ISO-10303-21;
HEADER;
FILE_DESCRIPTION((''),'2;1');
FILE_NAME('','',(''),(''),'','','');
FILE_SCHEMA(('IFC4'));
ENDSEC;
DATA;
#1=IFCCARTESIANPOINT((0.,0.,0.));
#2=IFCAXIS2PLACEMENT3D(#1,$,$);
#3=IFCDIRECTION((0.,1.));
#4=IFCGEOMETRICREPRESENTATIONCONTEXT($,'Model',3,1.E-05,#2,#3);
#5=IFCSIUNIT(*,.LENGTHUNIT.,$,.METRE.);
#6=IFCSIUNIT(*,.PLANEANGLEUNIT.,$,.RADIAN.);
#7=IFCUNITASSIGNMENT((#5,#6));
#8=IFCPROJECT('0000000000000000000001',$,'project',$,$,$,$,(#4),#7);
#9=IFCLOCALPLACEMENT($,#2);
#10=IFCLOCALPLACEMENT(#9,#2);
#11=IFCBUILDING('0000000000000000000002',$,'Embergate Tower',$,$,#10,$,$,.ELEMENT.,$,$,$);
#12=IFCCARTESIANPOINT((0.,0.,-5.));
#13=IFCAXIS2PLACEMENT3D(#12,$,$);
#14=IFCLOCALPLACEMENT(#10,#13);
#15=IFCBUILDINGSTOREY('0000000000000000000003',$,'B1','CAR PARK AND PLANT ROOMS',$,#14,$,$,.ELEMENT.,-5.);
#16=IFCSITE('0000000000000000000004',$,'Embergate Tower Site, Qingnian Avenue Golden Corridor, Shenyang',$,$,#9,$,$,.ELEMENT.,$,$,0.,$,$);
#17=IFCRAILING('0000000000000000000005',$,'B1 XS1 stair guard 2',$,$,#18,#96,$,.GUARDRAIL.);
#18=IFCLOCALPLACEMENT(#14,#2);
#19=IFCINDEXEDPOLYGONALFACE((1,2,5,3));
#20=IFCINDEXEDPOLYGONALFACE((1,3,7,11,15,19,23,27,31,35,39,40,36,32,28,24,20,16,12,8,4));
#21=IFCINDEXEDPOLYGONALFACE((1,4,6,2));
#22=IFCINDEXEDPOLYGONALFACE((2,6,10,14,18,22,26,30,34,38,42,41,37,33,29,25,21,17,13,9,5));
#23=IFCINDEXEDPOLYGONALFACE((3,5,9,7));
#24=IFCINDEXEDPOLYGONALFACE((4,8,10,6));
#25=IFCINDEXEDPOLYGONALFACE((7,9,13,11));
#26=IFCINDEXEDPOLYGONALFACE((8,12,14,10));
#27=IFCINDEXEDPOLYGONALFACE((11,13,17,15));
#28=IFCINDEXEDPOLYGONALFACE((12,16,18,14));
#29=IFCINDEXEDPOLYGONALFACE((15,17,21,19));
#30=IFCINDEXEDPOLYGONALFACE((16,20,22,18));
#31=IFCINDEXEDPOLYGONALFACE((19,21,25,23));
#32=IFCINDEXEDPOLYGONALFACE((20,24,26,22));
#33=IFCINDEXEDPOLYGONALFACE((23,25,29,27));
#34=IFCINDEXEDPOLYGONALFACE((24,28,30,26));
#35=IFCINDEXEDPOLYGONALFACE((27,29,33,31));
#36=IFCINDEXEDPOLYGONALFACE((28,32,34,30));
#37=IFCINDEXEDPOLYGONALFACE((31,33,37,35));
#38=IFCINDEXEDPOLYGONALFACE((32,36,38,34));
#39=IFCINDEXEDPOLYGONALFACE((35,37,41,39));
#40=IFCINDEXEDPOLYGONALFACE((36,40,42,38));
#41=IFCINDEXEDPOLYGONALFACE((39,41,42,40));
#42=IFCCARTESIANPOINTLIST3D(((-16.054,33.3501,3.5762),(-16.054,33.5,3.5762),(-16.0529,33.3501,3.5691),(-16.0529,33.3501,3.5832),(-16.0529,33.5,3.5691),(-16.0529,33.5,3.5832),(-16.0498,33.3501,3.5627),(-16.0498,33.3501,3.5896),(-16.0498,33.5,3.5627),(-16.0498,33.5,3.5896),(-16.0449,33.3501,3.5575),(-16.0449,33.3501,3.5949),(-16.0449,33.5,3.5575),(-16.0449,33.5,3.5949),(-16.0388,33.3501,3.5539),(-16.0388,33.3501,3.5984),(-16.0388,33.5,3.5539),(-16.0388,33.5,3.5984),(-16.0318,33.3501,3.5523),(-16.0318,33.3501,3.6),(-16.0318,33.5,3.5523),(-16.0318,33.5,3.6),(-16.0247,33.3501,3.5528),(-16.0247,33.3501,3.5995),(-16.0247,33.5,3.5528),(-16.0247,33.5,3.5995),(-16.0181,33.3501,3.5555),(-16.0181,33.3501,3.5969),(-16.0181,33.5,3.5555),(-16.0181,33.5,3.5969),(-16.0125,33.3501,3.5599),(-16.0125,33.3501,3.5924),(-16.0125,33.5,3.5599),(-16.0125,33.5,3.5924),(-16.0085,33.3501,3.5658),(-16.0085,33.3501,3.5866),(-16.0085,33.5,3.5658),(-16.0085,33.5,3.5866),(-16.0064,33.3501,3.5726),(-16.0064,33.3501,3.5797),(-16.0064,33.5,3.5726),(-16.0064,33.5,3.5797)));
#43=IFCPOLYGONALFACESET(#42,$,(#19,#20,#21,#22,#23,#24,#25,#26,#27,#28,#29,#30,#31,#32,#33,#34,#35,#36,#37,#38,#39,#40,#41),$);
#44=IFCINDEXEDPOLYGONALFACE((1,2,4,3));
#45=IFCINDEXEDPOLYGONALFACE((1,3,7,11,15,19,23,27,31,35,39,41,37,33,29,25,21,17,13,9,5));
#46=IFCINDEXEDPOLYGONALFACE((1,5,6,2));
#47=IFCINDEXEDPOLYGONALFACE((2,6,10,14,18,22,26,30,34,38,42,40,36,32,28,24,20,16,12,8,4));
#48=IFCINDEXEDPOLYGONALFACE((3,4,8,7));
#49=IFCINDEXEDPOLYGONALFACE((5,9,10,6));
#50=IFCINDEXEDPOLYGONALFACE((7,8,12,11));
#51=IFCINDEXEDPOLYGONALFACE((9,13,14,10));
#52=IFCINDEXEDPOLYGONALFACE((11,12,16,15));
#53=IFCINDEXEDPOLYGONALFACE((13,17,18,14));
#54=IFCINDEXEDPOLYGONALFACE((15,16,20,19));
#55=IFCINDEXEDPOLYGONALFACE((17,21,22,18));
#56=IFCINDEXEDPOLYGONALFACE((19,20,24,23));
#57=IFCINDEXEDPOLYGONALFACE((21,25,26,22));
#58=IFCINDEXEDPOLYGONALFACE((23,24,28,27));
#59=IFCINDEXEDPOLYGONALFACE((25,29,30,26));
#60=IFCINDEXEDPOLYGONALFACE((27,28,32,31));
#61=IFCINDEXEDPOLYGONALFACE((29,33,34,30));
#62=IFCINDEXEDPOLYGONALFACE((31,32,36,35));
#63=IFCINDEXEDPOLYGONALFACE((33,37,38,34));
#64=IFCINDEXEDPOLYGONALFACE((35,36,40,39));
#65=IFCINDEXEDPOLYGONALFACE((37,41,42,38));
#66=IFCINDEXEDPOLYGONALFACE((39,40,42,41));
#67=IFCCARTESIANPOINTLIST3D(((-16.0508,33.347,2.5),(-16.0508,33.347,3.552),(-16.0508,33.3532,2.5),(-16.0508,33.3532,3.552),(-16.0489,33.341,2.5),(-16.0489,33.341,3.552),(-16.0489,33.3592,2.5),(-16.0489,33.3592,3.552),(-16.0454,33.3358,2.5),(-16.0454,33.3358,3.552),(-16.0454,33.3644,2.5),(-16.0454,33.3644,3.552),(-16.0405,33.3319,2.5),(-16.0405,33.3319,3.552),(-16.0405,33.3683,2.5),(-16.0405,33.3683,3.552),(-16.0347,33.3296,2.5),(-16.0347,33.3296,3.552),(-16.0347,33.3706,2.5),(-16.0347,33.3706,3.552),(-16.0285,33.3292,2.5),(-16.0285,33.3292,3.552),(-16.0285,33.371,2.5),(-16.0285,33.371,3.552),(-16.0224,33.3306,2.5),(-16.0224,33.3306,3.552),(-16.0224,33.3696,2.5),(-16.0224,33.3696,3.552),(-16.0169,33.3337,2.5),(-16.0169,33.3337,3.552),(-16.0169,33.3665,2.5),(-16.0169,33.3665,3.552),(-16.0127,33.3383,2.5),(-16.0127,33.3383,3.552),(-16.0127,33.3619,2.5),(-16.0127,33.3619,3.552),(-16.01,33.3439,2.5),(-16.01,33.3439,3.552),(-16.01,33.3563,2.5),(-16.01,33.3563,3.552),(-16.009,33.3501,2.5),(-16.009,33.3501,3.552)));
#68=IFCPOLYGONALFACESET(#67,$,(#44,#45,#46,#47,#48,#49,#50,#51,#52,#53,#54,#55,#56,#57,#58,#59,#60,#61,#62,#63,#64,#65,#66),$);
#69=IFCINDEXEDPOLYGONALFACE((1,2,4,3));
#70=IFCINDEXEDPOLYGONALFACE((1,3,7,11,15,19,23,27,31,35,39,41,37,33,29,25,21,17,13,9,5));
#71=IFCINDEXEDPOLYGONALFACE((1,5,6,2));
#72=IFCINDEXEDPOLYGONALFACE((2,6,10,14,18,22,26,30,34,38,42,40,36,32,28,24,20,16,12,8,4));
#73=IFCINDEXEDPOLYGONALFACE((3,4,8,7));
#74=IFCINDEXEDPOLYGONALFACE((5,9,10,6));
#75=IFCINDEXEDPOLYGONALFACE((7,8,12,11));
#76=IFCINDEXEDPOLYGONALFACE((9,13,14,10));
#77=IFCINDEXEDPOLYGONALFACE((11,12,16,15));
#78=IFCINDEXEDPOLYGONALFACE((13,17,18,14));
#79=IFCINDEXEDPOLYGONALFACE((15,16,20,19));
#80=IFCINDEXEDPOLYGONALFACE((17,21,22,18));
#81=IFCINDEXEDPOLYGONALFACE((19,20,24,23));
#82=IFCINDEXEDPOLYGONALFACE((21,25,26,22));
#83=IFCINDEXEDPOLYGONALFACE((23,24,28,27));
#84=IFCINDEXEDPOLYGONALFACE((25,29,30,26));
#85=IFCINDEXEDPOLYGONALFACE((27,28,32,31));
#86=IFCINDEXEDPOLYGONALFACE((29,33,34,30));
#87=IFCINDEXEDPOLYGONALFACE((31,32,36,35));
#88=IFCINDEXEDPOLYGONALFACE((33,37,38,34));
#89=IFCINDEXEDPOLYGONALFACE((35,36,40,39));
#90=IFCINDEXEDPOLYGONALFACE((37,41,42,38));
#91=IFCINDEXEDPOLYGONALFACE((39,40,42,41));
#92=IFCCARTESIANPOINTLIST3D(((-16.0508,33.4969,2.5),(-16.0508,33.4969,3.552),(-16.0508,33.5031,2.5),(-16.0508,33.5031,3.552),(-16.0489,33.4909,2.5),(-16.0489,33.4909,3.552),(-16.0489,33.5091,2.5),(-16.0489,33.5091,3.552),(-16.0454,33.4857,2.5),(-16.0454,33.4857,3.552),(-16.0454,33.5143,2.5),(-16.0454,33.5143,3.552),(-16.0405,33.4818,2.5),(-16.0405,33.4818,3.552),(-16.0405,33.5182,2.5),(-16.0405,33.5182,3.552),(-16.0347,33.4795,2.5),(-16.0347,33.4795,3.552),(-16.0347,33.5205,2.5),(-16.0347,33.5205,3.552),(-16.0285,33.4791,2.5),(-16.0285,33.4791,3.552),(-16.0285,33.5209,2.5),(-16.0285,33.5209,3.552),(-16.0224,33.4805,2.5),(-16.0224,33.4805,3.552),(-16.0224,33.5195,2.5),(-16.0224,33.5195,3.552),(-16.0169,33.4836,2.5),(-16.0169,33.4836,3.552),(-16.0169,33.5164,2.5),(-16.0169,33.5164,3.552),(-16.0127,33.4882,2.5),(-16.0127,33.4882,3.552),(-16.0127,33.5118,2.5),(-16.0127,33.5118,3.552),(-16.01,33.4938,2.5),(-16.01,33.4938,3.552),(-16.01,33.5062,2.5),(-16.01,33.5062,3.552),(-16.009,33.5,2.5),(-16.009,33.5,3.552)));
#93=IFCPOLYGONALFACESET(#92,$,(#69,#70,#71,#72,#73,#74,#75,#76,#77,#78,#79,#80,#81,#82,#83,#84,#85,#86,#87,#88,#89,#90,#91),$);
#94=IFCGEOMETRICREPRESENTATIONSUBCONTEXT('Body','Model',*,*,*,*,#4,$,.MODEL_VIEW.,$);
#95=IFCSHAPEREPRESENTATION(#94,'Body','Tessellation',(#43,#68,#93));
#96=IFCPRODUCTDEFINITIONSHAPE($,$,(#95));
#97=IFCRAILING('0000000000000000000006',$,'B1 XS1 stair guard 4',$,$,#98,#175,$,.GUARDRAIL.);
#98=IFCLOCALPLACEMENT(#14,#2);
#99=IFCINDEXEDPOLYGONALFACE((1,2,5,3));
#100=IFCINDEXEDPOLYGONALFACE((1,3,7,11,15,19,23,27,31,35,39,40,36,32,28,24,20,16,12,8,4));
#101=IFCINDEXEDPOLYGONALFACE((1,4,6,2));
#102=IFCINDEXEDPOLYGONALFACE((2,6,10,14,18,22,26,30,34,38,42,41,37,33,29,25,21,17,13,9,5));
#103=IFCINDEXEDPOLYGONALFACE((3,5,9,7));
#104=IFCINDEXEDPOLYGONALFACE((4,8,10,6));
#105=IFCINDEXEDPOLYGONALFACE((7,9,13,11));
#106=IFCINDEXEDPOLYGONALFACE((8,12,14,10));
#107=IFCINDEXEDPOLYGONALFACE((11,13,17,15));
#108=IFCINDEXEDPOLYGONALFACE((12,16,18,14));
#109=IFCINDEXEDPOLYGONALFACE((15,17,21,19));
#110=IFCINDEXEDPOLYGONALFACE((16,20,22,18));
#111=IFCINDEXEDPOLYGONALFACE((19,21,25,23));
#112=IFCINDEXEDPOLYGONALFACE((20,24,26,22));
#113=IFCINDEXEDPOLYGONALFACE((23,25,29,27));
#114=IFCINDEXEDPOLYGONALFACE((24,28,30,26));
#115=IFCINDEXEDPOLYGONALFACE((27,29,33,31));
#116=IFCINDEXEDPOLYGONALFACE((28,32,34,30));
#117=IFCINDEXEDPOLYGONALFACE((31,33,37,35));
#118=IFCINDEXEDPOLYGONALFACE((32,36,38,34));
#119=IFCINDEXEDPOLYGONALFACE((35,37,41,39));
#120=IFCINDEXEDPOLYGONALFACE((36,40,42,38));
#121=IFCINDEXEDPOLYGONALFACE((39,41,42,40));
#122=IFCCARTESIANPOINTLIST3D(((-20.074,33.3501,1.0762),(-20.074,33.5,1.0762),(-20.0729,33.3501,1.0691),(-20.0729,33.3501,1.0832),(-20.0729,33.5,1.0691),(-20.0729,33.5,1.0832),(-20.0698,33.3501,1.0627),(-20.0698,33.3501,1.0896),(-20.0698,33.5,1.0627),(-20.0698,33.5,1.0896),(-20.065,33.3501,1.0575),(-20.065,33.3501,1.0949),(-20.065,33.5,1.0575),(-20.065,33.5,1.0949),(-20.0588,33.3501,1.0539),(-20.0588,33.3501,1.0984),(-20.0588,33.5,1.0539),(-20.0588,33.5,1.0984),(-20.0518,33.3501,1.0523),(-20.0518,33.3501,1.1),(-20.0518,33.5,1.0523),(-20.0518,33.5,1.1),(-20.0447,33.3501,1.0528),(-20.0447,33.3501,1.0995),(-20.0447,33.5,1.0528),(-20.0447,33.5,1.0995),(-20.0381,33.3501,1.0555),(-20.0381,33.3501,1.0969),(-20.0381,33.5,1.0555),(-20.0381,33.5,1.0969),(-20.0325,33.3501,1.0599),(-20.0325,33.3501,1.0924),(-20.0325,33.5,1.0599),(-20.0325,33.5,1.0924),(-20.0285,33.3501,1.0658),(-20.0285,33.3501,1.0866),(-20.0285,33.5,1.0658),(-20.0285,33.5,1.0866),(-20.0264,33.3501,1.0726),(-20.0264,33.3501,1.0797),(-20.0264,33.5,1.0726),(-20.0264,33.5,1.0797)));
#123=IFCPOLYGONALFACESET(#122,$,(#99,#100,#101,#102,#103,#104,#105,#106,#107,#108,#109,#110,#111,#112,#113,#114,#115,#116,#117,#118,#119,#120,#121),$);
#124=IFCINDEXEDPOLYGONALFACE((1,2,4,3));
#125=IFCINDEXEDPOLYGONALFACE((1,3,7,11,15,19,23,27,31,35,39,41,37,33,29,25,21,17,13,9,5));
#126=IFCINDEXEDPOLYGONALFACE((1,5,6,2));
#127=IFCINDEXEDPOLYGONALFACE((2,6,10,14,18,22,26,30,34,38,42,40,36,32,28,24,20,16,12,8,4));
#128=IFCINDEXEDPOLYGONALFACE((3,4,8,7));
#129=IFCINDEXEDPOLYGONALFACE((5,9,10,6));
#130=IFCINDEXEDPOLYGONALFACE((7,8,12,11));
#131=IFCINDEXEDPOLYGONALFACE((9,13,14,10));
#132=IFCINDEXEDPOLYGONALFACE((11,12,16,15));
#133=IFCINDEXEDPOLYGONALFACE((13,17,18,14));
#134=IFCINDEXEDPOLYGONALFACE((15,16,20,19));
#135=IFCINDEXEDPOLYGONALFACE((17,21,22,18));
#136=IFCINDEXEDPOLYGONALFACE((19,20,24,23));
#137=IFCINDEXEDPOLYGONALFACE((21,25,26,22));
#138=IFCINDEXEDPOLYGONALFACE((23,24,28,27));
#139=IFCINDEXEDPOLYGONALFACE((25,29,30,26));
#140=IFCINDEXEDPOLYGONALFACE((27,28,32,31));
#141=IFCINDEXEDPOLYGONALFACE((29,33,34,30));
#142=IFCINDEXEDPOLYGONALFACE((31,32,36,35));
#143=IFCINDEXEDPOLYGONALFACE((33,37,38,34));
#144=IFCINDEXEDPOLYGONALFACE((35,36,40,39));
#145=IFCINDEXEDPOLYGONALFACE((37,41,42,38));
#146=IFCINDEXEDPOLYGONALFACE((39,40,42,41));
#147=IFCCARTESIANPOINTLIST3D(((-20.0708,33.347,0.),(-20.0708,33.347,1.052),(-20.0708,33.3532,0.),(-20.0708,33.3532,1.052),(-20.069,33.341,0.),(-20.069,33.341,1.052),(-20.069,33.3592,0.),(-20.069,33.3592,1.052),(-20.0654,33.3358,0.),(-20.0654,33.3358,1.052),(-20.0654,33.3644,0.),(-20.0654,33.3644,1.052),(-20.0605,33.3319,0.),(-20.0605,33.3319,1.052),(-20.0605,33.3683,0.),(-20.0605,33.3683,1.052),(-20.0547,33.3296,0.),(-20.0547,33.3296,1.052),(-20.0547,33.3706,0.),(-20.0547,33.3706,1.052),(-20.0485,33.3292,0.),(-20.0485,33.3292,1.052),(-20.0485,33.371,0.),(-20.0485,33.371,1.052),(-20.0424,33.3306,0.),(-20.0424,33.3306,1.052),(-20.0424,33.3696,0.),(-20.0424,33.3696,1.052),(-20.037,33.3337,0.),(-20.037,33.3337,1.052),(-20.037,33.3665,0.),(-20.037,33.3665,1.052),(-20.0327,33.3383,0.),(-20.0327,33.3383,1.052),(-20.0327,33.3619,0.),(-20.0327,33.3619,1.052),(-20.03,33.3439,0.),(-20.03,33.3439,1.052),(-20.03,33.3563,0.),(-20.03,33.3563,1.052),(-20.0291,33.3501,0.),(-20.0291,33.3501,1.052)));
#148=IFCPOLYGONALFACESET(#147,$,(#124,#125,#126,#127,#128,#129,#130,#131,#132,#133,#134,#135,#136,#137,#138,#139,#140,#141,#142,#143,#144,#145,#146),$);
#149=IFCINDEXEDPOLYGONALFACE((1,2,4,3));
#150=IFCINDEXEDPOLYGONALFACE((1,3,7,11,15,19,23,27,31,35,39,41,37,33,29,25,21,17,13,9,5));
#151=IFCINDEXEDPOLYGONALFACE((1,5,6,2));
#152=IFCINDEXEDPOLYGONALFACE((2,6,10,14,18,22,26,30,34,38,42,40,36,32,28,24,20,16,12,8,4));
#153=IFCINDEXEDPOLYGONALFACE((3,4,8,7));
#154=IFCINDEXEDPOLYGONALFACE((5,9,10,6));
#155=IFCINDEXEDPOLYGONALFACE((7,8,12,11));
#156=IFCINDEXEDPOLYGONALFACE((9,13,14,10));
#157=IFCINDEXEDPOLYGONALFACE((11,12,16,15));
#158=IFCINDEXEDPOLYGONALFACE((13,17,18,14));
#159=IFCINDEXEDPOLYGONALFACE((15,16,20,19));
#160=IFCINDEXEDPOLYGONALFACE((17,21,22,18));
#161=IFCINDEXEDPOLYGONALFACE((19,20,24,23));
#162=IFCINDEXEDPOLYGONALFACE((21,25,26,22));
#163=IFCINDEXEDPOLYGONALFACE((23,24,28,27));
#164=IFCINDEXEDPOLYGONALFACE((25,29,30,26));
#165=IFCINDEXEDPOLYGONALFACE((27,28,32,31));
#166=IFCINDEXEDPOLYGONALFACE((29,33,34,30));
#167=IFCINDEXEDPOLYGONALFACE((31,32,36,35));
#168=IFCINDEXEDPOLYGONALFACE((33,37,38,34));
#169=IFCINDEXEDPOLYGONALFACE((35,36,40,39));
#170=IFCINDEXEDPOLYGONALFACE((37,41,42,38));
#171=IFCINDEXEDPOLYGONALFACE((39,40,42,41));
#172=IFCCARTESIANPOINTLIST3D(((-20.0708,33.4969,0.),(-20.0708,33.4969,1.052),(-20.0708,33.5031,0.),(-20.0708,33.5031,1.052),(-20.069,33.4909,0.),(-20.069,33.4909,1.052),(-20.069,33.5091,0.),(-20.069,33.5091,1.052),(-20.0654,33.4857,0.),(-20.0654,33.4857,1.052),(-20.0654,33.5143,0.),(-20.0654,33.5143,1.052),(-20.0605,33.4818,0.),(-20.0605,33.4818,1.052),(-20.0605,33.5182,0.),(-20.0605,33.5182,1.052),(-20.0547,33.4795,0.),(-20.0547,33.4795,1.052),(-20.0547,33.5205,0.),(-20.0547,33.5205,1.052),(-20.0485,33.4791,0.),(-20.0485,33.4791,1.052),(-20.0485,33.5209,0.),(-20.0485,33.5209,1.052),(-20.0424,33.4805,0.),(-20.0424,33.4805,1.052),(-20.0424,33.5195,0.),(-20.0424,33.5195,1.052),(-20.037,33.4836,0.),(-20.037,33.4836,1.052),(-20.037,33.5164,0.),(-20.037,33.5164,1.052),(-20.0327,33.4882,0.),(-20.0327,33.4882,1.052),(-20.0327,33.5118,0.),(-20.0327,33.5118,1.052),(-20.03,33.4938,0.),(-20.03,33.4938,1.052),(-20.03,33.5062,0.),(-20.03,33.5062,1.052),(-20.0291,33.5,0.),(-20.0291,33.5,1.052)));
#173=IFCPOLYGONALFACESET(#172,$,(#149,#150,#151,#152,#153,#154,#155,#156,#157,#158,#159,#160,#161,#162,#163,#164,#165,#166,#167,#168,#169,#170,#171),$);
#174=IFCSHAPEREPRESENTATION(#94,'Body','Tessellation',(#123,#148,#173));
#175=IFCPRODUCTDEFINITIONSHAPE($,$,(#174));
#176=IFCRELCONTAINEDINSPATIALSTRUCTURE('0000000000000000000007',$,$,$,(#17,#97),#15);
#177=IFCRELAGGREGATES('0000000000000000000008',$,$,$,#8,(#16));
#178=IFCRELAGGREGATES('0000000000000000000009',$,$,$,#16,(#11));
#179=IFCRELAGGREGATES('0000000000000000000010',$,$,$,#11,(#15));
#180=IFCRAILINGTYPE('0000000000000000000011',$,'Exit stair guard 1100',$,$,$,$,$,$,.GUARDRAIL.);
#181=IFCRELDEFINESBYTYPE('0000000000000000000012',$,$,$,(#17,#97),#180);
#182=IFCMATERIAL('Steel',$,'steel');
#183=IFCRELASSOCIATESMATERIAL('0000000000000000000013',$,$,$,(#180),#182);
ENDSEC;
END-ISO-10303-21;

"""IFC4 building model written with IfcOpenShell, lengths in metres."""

from ifc_helpers import new_model, si_unit, direction, frame, origin, origin_2d, place, context, subcontext, project, spatial, circle, extrude, source, transform, mapped, material, type_object, element, save


model = new_model("IFC4")

# Units and contexts
model_context = context("Model", 3, precision=1e-05, world=origin(), true_north=direction((0.0, 1.0)))
body_context = subcontext(model_context, "Body", "Model", "MODEL_VIEW")
ifc_project = project(units=[si_unit("LENGTHUNIT", "METRE"), si_unit("PLANEANGLEUNIT", "RADIAN")], contexts=[model_context])

# Site, building, storey
site_placement = place(None, origin())
site = spatial("IfcSite", under=ifc_project, at=site_placement, Name="Embergate Tower Site, Qingnian Avenue Golden Corridor, Shenyang", CompositionType="ELEMENT", RefElevation=0.0)
building_placement = place(site_placement, origin())
building = spatial("IfcBuilding", under=site, at=building_placement, Name="Embergate Tower", CompositionType="ELEMENT")
storey_placement = place(building_placement, frame((0.0, 0.0, -5.0)))
storey = spatial("IfcBuildingStorey", under=building, at=storey_placement, Name="B1", Description="CAR PARK AND PLANT ROOMS", CompositionType="ELEMENT", Elevation=-5.0)

# Railings
ifc_material_1 = material(Name="Steel", Category="steel")
railing_type_1 = type_object("IfcRailingType", Name="Exit stair guard 1100", PredefinedType="GUARDRAIL", material=ifc_material_1)
shared_shape_1 = source(origin(), body_context, "Body", "SweptSolid", [
    extrude(circle(Radius=0.0239, at=origin_2d()), frame((0.0, 0.0, 1.0762), z_axis=(0.0, 1.0, 0.0), x_axis=(-1.0, 0.0, 0.0)), (0.0, 0.0, 1.0), 0.1499),
    extrude(circle(Radius=0.021, at=origin_2d()), origin(), (0.0, 0.0, 1.0), 1.052),
    extrude(circle(Radius=0.021, at=origin_2d()), frame((0.0, 0.1499, 0.0)), (0.0, 0.0, 1.0), 1.052),
])
for number, where, name in (
    (1, (-16.03, 33.3501, 2.5), "B1 XS1 stair guard 2"),
    (2, (-20.05, 33.3501, 0.0), "B1 XS1 stair guard 4"),
):
    element("IfcRailing", number, at=place(storey_placement, frame(where)), inside=storey, type_object=railing_type_1, Name=name, PredefinedType="GUARDRAIL", context=body_context, shape_type="MappedRepresentation", body=[
        mapped(shared_shape_1, transform((0.0, 0.0, 0.0))),
    ])

save(model, "model.ifc")
